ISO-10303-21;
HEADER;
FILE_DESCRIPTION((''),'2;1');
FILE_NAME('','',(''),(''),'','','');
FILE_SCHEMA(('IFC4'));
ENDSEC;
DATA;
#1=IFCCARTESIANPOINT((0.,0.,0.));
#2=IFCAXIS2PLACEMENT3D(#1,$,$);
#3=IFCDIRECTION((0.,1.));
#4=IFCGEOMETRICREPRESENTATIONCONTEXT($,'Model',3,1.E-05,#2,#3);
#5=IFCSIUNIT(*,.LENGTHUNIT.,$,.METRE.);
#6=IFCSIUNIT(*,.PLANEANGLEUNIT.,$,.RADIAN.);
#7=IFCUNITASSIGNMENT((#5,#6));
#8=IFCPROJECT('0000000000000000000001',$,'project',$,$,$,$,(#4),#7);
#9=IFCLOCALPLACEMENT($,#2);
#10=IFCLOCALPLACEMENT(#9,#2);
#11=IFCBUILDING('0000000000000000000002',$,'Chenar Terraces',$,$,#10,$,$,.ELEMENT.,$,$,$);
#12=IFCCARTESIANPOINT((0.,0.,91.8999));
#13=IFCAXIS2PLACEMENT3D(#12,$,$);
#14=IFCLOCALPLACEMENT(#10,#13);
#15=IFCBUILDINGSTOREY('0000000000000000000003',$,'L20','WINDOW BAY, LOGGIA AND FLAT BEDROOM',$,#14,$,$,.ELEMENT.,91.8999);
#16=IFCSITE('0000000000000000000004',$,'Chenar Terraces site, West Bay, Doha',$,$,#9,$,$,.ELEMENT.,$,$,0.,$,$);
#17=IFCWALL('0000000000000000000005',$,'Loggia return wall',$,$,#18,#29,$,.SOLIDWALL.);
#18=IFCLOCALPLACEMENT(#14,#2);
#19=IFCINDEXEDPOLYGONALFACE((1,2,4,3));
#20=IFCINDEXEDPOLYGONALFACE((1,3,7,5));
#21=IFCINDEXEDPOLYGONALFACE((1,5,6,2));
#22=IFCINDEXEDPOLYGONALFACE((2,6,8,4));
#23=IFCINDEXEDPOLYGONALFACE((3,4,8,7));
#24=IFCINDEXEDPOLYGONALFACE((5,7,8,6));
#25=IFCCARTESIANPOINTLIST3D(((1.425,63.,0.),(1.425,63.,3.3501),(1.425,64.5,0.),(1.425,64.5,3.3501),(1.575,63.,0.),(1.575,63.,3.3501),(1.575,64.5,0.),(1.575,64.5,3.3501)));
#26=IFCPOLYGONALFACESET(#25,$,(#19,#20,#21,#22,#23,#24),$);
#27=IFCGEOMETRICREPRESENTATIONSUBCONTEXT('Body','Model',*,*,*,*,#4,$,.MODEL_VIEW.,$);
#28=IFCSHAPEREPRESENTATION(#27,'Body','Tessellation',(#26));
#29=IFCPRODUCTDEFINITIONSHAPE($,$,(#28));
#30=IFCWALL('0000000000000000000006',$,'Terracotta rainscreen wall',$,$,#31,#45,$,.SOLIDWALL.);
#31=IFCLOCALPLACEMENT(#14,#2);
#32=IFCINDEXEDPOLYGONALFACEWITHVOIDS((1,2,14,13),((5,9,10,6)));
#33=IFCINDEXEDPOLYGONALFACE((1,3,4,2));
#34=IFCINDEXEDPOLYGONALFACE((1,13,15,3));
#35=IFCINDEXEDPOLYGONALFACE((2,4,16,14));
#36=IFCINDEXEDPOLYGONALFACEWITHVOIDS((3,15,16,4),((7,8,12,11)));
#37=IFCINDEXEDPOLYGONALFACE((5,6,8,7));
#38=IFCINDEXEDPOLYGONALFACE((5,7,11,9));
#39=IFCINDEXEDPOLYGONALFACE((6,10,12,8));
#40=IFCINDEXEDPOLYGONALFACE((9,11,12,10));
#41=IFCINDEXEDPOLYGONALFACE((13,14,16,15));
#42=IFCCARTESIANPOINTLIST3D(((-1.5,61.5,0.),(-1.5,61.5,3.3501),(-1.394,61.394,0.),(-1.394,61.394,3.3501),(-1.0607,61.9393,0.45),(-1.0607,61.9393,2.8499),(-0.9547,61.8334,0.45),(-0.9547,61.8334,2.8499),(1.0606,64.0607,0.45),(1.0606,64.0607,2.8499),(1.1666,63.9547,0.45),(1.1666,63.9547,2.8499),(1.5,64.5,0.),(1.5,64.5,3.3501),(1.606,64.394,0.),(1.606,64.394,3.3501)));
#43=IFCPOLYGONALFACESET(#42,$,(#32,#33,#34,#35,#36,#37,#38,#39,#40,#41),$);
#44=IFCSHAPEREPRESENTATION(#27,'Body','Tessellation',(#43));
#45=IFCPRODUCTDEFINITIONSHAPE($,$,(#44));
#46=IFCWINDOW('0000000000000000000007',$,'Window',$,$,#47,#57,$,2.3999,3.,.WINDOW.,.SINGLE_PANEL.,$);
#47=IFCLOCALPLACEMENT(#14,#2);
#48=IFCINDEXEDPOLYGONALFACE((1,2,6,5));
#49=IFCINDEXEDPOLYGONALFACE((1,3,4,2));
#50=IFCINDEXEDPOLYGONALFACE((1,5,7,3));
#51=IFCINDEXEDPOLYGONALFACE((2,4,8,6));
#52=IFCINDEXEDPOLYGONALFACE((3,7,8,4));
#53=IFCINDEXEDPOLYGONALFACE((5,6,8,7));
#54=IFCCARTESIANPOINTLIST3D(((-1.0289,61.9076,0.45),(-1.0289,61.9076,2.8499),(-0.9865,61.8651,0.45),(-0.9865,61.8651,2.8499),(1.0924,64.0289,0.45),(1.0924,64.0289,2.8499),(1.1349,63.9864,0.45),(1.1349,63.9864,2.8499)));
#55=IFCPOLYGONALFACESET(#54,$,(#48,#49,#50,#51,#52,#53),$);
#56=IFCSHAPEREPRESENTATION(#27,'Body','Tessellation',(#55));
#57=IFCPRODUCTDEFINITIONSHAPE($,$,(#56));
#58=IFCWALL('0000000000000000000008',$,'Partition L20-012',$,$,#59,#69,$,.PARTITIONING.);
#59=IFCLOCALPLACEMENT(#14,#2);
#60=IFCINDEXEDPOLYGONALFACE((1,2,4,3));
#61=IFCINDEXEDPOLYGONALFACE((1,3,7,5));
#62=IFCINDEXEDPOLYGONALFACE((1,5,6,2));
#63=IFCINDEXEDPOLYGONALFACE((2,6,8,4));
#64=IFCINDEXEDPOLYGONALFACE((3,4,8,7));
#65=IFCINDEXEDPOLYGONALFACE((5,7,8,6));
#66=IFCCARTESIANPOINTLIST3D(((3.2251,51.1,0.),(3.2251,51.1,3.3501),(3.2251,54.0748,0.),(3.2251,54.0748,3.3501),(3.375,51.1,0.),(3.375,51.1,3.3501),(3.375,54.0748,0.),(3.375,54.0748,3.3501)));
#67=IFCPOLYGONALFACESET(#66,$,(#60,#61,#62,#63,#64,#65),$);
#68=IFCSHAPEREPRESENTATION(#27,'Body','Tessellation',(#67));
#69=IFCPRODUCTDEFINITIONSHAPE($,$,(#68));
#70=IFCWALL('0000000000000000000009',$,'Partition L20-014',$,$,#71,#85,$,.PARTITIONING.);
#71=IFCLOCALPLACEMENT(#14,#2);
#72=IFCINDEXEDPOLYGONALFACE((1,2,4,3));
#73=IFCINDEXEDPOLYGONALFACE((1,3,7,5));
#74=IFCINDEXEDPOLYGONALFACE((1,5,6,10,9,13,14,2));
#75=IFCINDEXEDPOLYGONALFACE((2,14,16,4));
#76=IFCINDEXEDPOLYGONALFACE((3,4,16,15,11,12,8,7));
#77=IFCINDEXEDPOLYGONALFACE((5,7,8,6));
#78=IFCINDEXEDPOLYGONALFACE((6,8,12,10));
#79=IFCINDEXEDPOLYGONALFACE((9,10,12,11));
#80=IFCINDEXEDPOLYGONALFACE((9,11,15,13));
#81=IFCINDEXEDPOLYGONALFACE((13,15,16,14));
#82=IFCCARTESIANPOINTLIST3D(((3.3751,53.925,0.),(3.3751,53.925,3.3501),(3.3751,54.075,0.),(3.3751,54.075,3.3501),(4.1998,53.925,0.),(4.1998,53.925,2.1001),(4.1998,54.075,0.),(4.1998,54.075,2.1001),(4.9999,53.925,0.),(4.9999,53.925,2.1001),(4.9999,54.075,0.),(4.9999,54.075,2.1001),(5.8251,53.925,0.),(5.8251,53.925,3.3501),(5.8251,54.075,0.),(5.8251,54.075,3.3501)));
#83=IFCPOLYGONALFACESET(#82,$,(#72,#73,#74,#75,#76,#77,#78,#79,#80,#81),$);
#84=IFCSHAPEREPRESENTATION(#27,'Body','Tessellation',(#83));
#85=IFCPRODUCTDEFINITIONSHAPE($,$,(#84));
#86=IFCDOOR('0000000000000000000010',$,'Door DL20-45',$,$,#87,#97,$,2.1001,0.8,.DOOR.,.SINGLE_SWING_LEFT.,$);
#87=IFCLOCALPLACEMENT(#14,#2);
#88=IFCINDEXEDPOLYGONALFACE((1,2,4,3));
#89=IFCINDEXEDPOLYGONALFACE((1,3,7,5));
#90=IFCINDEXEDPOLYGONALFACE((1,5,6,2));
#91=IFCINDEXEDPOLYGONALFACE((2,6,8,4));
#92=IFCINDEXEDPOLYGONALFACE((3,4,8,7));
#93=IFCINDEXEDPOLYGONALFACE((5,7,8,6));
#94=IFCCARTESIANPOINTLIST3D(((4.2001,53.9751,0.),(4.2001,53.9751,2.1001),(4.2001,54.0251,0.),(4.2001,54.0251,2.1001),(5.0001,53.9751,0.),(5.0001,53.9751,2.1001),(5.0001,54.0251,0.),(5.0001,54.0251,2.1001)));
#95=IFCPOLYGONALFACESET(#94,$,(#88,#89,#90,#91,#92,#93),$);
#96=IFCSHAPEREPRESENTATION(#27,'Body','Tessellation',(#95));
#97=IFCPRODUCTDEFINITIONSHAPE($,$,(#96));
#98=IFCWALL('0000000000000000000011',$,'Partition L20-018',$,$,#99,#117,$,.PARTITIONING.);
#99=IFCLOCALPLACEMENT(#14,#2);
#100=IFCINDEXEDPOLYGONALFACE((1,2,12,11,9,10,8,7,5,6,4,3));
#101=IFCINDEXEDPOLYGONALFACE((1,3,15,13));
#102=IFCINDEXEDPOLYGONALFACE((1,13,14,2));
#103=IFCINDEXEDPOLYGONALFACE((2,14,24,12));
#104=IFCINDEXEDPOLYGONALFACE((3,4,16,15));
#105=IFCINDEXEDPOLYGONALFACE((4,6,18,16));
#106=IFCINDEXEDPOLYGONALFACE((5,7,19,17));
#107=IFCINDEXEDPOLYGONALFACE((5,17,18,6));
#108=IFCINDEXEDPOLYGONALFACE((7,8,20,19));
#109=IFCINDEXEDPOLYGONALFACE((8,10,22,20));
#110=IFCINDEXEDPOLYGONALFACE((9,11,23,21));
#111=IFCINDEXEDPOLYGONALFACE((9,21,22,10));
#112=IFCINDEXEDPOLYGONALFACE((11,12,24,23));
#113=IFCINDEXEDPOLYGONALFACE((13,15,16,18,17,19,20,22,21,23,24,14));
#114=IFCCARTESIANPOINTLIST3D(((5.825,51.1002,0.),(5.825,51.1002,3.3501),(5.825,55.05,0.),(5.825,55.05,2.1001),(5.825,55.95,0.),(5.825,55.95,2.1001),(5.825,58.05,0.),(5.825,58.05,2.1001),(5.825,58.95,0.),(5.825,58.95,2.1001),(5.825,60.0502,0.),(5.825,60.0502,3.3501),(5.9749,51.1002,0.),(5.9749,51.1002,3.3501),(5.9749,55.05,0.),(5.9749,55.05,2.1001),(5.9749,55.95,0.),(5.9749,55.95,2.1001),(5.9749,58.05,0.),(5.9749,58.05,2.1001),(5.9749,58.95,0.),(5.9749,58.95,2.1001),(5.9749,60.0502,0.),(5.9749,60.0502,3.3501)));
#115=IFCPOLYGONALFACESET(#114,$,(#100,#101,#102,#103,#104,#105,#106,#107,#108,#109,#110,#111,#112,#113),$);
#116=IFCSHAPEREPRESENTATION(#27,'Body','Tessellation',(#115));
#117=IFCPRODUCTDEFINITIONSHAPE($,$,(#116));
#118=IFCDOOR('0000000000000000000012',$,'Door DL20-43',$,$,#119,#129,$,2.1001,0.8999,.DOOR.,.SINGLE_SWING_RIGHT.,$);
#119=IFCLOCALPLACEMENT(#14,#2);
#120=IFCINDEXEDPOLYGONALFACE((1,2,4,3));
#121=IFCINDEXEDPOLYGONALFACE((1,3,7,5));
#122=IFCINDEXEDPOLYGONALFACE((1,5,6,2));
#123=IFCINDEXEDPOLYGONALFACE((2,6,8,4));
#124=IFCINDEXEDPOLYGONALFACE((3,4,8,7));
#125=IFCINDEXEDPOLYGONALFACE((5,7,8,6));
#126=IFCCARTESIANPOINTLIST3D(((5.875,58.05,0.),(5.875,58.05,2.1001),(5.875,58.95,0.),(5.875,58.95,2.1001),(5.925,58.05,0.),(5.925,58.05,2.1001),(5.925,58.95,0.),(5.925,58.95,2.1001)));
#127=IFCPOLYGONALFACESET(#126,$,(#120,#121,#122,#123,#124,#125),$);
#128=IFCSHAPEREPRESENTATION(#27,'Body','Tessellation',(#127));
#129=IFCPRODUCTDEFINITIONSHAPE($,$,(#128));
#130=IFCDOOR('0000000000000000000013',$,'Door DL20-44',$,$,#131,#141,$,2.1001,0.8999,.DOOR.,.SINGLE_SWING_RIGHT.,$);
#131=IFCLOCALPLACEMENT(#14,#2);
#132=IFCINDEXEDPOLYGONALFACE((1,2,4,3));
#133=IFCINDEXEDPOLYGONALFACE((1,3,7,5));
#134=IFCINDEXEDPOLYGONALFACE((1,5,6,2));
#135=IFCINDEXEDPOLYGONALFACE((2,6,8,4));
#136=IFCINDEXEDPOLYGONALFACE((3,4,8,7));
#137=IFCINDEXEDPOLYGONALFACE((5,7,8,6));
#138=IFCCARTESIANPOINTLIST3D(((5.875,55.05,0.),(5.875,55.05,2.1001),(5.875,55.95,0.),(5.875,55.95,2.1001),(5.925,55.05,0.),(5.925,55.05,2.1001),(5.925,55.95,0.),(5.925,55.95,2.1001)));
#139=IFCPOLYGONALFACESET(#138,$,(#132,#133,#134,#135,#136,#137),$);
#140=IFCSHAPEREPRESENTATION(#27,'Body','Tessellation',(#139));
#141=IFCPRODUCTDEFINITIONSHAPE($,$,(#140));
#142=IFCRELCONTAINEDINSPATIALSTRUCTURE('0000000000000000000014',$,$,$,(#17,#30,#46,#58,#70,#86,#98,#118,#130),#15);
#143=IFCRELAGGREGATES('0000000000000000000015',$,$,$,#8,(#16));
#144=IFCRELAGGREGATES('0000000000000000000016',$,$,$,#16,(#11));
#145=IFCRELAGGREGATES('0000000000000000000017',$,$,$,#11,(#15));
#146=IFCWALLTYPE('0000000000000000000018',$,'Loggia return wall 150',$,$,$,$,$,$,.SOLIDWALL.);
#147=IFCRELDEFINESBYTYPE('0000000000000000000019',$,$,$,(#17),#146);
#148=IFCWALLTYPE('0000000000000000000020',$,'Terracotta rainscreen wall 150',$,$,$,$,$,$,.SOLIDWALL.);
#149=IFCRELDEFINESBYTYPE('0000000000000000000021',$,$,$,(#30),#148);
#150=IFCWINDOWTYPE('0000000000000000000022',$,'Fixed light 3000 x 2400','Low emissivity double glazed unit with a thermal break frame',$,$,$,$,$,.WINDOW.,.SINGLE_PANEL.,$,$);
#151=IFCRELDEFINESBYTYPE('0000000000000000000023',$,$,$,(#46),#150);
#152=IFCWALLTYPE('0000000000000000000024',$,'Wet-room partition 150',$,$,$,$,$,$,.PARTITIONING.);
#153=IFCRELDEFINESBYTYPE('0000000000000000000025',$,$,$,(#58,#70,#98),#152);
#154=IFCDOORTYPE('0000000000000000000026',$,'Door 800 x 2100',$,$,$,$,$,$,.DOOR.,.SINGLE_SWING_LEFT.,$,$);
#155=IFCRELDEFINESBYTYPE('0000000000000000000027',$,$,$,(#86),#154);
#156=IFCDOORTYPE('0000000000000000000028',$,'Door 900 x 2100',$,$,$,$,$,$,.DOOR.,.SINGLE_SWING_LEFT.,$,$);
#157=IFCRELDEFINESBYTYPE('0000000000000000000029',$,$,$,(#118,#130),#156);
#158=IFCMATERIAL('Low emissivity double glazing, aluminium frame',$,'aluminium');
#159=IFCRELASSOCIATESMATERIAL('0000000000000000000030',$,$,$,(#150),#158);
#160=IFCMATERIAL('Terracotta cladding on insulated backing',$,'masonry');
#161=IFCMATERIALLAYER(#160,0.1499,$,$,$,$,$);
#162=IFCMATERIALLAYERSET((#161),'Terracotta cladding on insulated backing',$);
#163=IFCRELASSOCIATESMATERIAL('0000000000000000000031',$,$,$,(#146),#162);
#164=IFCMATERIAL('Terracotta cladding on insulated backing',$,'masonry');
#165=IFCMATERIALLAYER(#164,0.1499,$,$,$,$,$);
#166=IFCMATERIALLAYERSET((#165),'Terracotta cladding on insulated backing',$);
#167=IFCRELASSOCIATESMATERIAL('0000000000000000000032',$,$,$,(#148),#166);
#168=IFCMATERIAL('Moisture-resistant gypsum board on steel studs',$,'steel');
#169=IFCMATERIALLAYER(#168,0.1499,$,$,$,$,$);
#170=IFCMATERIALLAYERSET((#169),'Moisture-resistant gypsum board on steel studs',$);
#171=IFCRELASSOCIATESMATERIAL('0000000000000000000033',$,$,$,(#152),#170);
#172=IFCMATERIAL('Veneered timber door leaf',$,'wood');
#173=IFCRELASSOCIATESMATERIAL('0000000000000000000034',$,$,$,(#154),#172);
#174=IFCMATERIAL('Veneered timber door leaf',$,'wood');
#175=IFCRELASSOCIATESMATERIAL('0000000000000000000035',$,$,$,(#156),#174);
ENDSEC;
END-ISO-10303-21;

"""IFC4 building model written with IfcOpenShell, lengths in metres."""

from ifc_helpers import new_model, si_unit, direction, frame, frame_2d, origin, place, context, subcontext, project, spatial, rectangle, extrude, material, layer, layer_set, type_object, element, fill, save


model = new_model("IFC4")

# Units and contexts
model_context = context("Model", 3, precision=1e-05, world=origin(), true_north=direction((0.0, 1.0)))
body_context = subcontext(model_context, "Body", "Model", "MODEL_VIEW")
ifc_project = project(units=[si_unit("LENGTHUNIT", "METRE"), si_unit("PLANEANGLEUNIT", "RADIAN")], contexts=[model_context])

# Site, building, storey
site_placement = place(None, origin())
site = spatial("IfcSite", under=ifc_project, at=site_placement, Name="Chenar Terraces site, West Bay, Doha", CompositionType="ELEMENT", RefElevation=0.0)
building_placement = place(site_placement, origin())
building = spatial("IfcBuilding", under=site, at=building_placement, Name="Chenar Terraces", CompositionType="ELEMENT")
storey_placement = place(building_placement, frame((0.0, 0.0, 91.8999)))
storey = spatial("IfcBuildingStorey", under=building, at=storey_placement, Name="L20", Description="WINDOW BAY, LOGGIA AND FLAT BEDROOM", CompositionType="ELEMENT", Elevation=91.8999)

# Shared definitions
ifc_material_1 = material(Name="Low emissivity double glazing, aluminium frame", Category="aluminium")
window_type = type_object("IfcWindowType", Name="Fixed light 3000 x 2400", Description="Low emissivity double glazed unit with a thermal break frame", PartitioningType="SINGLE_PANEL", PredefinedType="WINDOW", material=ifc_material_1)

# Wall
ifc_material_2 = material(Name="Terracotta cladding on insulated backing", Category="masonry")
ifc_layer_1 = layer(ifc_material_2, 0.1499)
ifc_layer_set_1 = layer_set([ifc_layer_1], Name="Terracotta cladding on insulated backing")
wall_type_1 = type_object("IfcWallType", Name="Loggia return wall 150", PredefinedType="SOLIDWALL", material=ifc_layer_set_1)
wall_1_placement = place(storey_placement, frame((1.5, 64.5, 0.0), z_axis=(0.0, 0.0, 1.0), x_axis=(0.0, -1.0, 0.0)))
element("IfcWall", 1, at=wall_1_placement, inside=storey, type_object=wall_type_1, Name="Loggia return wall", PredefinedType="SOLIDWALL", context=body_context, shape_type="SweptSolid", body=[
    extrude(rectangle(XDim=1.5, YDim=0.1499, at=frame_2d((0.75, 0.0))), origin(), (0.0, 0.0, 1.0), 3.3501),
])

# Wall, opening, window
ifc_material_3 = material(Name="Terracotta cladding on insulated backing", Category="masonry")
ifc_layer_2 = layer(ifc_material_3, 0.1499)
ifc_layer_set_2 = layer_set([ifc_layer_2], Name="Terracotta cladding on insulated backing")
wall_type_2 = type_object("IfcWallType", Name="Terracotta rainscreen wall 150", PredefinedType="SOLIDWALL", material=ifc_layer_set_2)
wall_2_placement = place(storey_placement, frame((1.553, 64.447, 0.0), z_axis=(0.0, 0.0, 1.0), x_axis=(-0.707107, -0.707107, 0.0)))
wall_2 = element("IfcWall", 2, at=wall_2_placement, inside=storey, type_object=wall_type_2, Name="Terracotta rainscreen wall", PredefinedType="SOLIDWALL", context=body_context, shape_type="SweptSolid", body=[
    extrude(rectangle(XDim=4.2427, YDim=0.1499, at=frame_2d((2.1213, 0.0))), origin(), (0.0, 0.0, 1.0), 3.3501),
])
opening_1_placement = place(wall_2_placement, frame((0.6213, 0.0, 0.45)))
opening_1 = element("IfcOpeningElement", 3, at=opening_1_placement, cuts=wall_2, PredefinedType="OPENING", context=body_context, shape_type="SweptSolid", body=[
    extrude(rectangle(XDim=3.0, YDim=2.3999, at=frame_2d((1.5, 1.2))), frame((0.0, 0.085, 0.0), z_axis=(0.0, -1.0, 0.0), x_axis=(1.0, 0.0, 0.0)), (0.0, 0.0, 1.0), 0.1699),
])
window_1_placement = place(opening_1_placement, origin())
window_1 = element("IfcWindow", 4, at=window_1_placement, inside=storey, type_object=window_type, Name="Window", OverallHeight=2.3999, OverallWidth=3.0, PartitioningType="SINGLE_PANEL", PredefinedType="WINDOW", context=body_context, shape_type="SweptSolid", body=[
    extrude(rectangle(XDim=3.0, YDim=2.3999, at=frame_2d((1.5, 1.2))), frame((0.0, 0.03, 0.0), z_axis=(0.0, -1.0, 0.0), x_axis=(1.0, 0.0, 0.0)), (0.0, 0.0, 1.0), 0.0601),
])
fill(opening_1, window_1)

# Wall
ifc_material_4 = material(Name="Moisture-resistant gypsum board on steel studs", Category="steel")
ifc_layer_3 = layer(ifc_material_4, 0.1499)
ifc_layer_set_3 = layer_set([ifc_layer_3], Name="Moisture-resistant gypsum board on steel studs")
wall_type_3 = type_object("IfcWallType", Name="Wet-room partition 150", PredefinedType="PARTITIONING", material=ifc_layer_set_3)
wall_3_placement = place(storey_placement, frame((3.3, 51.1001, 0.0), z_axis=(0.0, 0.0, 1.0), x_axis=(0.0, 1.0, 0.0)))
element("IfcWall", 5, at=wall_3_placement, inside=storey, type_object=wall_type_3, Name="Partition L20-012", PredefinedType="PARTITIONING", context=body_context, shape_type="SweptSolid", body=[
    extrude(rectangle(XDim=2.9749, YDim=0.1499, at=frame_2d((1.4873, 0.0))), origin(), (0.0, 0.0, 1.0), 3.3501),
])

# Wall, opening, door
wall_4_placement = place(storey_placement, frame((3.375, 54.0, 0.0), z_axis=(0.0, 0.0, 1.0), x_axis=(1.0, 0.0, 0.0)))
wall_4 = element("IfcWall", 6, at=wall_4_placement, inside=storey, type_object=wall_type_3, Name="Partition L20-014", PredefinedType="PARTITIONING", context=body_context, shape_type="SweptSolid", body=[
    extrude(rectangle(XDim=2.45, YDim=0.1499, at=frame_2d((1.2251, 0.0))), origin(), (0.0, 0.0, 1.0), 3.3501),
])
opening_2_placement = place(wall_4_placement, frame((0.825, 0.0, 0.0)))
opening_2 = element("IfcOpeningElement", 7, at=opening_2_placement, cuts=wall_4, PredefinedType="OPENING", context=body_context, shape_type="SweptSolid", body=[
    extrude(rectangle(XDim=0.8, YDim=2.1001, at=frame_2d((0.3999, 1.05))), frame((0.0, 0.085, 0.0), z_axis=(0.0, -1.0, 0.0), x_axis=(1.0, 0.0, 0.0)), (0.0, 0.0, 1.0), 0.1699),
])
ifc_material_5 = material(Name="Veneered timber door leaf", Category="wood")
door_type_1 = type_object("IfcDoorType", Name="Door 800 x 2100", OperationType="SINGLE_SWING_LEFT", PredefinedType="DOOR", material=ifc_material_5)
door_1_placement = place(opening_2_placement, frame((0.8, 0.0, 0.0), z_axis=(0.0, 0.0, 1.0), x_axis=(-1.0, 0.0, 0.0)))
door_1 = element("IfcDoor", 8, at=door_1_placement, inside=storey, type_object=door_type_1, Name="Door DL20-45", OperationType="SINGLE_SWING_LEFT", OverallHeight=2.1001, OverallWidth=0.8, PredefinedType="DOOR", context=body_context, shape_type="SweptSolid", body=[
    extrude(rectangle(XDim=0.8, YDim=2.1001, at=frame_2d((0.3999, 1.05))), frame((0.0, 0.0249, 0.0), z_axis=(0.0, -1.0, 0.0), x_axis=(1.0, 0.0, 0.0)), (0.0, 0.0, 1.0), 0.05),
])
fill(opening_2, door_1)

# Wall, openings, doors
wall_5_placement = place(storey_placement, frame((5.8999, 51.1001, 0.0), z_axis=(0.0, 0.0, 1.0), x_axis=(0.0, 1.0, 0.0)))
wall_5 = element("IfcWall", 9, at=wall_5_placement, inside=storey, type_object=wall_type_3, Name="Partition L20-018", PredefinedType="PARTITIONING", context=body_context, shape_type="SweptSolid", body=[
    extrude(rectangle(XDim=8.95, YDim=0.1499, at=frame_2d((4.4751, 0.0))), origin(), (0.0, 0.0, 1.0), 3.3501),
])
opening_3_placement = place(wall_5_placement, frame((6.95, 0.0, 0.0)))
opening_3 = element("IfcOpeningElement", 10, at=opening_3_placement, cuts=wall_5, PredefinedType="OPENING", context=body_context, shape_type="SweptSolid", body=[
    extrude(rectangle(XDim=0.8999, YDim=2.1001, at=frame_2d((0.45, 1.05))), frame((0.0, 0.085, 0.0), z_axis=(0.0, -1.0, 0.0), x_axis=(1.0, 0.0, 0.0)), (0.0, 0.0, 1.0), 0.1699),
])
opening_4_placement = place(wall_5_placement, frame((3.95, 0.0, 0.0)))
opening_4 = element("IfcOpeningElement", 11, at=opening_4_placement, cuts=wall_5, PredefinedType="OPENING", context=body_context, shape_type="SweptSolid", body=[
    extrude(rectangle(XDim=0.8999, YDim=2.1001, at=frame_2d((0.45, 1.05))), frame((0.0, 0.085, 0.0), z_axis=(0.0, -1.0, 0.0), x_axis=(1.0, 0.0, 0.0)), (0.0, 0.0, 1.0), 0.1699),
])
ifc_material_6 = material(Name="Veneered timber door leaf", Category="wood")
door_type_2 = type_object("IfcDoorType", Name="Door 900 x 2100", OperationType="SINGLE_SWING_LEFT", PredefinedType="DOOR", material=ifc_material_6)
door_2_placement = place(opening_3_placement, origin())
door_2 = element("IfcDoor", 12, at=door_2_placement, inside=storey, type_object=door_type_2, Name="Door DL20-43", OperationType="SINGLE_SWING_RIGHT", OverallHeight=2.1001, OverallWidth=0.8999, PredefinedType="DOOR", context=body_context, shape_type="SweptSolid", body=[
    extrude(rectangle(XDim=0.8999, YDim=2.1001, at=frame_2d((0.45, 1.05))), frame((0.0, 0.0249, 0.0), z_axis=(0.0, -1.0, 0.0), x_axis=(1.0, 0.0, 0.0)), (0.0, 0.0, 1.0), 0.05),
])
fill(opening_3, door_2)
door_3_placement = place(opening_4_placement, origin())
door_3 = element("IfcDoor", 13, at=door_3_placement, inside=storey, type_object=door_type_2, Name="Door DL20-44", OperationType="SINGLE_SWING_RIGHT", OverallHeight=2.1001, OverallWidth=0.8999, PredefinedType="DOOR", context=body_context, shape_type="SweptSolid", body=[
    extrude(rectangle(XDim=0.8999, YDim=2.1001, at=frame_2d((0.45, 1.05))), frame((0.0, 0.0249, 0.0), z_axis=(0.0, -1.0, 0.0), x_axis=(1.0, 0.0, 0.0)), (0.0, 0.0, 1.0), 0.05),
])
fill(opening_4, door_3)

save(model, "model.ifc")
